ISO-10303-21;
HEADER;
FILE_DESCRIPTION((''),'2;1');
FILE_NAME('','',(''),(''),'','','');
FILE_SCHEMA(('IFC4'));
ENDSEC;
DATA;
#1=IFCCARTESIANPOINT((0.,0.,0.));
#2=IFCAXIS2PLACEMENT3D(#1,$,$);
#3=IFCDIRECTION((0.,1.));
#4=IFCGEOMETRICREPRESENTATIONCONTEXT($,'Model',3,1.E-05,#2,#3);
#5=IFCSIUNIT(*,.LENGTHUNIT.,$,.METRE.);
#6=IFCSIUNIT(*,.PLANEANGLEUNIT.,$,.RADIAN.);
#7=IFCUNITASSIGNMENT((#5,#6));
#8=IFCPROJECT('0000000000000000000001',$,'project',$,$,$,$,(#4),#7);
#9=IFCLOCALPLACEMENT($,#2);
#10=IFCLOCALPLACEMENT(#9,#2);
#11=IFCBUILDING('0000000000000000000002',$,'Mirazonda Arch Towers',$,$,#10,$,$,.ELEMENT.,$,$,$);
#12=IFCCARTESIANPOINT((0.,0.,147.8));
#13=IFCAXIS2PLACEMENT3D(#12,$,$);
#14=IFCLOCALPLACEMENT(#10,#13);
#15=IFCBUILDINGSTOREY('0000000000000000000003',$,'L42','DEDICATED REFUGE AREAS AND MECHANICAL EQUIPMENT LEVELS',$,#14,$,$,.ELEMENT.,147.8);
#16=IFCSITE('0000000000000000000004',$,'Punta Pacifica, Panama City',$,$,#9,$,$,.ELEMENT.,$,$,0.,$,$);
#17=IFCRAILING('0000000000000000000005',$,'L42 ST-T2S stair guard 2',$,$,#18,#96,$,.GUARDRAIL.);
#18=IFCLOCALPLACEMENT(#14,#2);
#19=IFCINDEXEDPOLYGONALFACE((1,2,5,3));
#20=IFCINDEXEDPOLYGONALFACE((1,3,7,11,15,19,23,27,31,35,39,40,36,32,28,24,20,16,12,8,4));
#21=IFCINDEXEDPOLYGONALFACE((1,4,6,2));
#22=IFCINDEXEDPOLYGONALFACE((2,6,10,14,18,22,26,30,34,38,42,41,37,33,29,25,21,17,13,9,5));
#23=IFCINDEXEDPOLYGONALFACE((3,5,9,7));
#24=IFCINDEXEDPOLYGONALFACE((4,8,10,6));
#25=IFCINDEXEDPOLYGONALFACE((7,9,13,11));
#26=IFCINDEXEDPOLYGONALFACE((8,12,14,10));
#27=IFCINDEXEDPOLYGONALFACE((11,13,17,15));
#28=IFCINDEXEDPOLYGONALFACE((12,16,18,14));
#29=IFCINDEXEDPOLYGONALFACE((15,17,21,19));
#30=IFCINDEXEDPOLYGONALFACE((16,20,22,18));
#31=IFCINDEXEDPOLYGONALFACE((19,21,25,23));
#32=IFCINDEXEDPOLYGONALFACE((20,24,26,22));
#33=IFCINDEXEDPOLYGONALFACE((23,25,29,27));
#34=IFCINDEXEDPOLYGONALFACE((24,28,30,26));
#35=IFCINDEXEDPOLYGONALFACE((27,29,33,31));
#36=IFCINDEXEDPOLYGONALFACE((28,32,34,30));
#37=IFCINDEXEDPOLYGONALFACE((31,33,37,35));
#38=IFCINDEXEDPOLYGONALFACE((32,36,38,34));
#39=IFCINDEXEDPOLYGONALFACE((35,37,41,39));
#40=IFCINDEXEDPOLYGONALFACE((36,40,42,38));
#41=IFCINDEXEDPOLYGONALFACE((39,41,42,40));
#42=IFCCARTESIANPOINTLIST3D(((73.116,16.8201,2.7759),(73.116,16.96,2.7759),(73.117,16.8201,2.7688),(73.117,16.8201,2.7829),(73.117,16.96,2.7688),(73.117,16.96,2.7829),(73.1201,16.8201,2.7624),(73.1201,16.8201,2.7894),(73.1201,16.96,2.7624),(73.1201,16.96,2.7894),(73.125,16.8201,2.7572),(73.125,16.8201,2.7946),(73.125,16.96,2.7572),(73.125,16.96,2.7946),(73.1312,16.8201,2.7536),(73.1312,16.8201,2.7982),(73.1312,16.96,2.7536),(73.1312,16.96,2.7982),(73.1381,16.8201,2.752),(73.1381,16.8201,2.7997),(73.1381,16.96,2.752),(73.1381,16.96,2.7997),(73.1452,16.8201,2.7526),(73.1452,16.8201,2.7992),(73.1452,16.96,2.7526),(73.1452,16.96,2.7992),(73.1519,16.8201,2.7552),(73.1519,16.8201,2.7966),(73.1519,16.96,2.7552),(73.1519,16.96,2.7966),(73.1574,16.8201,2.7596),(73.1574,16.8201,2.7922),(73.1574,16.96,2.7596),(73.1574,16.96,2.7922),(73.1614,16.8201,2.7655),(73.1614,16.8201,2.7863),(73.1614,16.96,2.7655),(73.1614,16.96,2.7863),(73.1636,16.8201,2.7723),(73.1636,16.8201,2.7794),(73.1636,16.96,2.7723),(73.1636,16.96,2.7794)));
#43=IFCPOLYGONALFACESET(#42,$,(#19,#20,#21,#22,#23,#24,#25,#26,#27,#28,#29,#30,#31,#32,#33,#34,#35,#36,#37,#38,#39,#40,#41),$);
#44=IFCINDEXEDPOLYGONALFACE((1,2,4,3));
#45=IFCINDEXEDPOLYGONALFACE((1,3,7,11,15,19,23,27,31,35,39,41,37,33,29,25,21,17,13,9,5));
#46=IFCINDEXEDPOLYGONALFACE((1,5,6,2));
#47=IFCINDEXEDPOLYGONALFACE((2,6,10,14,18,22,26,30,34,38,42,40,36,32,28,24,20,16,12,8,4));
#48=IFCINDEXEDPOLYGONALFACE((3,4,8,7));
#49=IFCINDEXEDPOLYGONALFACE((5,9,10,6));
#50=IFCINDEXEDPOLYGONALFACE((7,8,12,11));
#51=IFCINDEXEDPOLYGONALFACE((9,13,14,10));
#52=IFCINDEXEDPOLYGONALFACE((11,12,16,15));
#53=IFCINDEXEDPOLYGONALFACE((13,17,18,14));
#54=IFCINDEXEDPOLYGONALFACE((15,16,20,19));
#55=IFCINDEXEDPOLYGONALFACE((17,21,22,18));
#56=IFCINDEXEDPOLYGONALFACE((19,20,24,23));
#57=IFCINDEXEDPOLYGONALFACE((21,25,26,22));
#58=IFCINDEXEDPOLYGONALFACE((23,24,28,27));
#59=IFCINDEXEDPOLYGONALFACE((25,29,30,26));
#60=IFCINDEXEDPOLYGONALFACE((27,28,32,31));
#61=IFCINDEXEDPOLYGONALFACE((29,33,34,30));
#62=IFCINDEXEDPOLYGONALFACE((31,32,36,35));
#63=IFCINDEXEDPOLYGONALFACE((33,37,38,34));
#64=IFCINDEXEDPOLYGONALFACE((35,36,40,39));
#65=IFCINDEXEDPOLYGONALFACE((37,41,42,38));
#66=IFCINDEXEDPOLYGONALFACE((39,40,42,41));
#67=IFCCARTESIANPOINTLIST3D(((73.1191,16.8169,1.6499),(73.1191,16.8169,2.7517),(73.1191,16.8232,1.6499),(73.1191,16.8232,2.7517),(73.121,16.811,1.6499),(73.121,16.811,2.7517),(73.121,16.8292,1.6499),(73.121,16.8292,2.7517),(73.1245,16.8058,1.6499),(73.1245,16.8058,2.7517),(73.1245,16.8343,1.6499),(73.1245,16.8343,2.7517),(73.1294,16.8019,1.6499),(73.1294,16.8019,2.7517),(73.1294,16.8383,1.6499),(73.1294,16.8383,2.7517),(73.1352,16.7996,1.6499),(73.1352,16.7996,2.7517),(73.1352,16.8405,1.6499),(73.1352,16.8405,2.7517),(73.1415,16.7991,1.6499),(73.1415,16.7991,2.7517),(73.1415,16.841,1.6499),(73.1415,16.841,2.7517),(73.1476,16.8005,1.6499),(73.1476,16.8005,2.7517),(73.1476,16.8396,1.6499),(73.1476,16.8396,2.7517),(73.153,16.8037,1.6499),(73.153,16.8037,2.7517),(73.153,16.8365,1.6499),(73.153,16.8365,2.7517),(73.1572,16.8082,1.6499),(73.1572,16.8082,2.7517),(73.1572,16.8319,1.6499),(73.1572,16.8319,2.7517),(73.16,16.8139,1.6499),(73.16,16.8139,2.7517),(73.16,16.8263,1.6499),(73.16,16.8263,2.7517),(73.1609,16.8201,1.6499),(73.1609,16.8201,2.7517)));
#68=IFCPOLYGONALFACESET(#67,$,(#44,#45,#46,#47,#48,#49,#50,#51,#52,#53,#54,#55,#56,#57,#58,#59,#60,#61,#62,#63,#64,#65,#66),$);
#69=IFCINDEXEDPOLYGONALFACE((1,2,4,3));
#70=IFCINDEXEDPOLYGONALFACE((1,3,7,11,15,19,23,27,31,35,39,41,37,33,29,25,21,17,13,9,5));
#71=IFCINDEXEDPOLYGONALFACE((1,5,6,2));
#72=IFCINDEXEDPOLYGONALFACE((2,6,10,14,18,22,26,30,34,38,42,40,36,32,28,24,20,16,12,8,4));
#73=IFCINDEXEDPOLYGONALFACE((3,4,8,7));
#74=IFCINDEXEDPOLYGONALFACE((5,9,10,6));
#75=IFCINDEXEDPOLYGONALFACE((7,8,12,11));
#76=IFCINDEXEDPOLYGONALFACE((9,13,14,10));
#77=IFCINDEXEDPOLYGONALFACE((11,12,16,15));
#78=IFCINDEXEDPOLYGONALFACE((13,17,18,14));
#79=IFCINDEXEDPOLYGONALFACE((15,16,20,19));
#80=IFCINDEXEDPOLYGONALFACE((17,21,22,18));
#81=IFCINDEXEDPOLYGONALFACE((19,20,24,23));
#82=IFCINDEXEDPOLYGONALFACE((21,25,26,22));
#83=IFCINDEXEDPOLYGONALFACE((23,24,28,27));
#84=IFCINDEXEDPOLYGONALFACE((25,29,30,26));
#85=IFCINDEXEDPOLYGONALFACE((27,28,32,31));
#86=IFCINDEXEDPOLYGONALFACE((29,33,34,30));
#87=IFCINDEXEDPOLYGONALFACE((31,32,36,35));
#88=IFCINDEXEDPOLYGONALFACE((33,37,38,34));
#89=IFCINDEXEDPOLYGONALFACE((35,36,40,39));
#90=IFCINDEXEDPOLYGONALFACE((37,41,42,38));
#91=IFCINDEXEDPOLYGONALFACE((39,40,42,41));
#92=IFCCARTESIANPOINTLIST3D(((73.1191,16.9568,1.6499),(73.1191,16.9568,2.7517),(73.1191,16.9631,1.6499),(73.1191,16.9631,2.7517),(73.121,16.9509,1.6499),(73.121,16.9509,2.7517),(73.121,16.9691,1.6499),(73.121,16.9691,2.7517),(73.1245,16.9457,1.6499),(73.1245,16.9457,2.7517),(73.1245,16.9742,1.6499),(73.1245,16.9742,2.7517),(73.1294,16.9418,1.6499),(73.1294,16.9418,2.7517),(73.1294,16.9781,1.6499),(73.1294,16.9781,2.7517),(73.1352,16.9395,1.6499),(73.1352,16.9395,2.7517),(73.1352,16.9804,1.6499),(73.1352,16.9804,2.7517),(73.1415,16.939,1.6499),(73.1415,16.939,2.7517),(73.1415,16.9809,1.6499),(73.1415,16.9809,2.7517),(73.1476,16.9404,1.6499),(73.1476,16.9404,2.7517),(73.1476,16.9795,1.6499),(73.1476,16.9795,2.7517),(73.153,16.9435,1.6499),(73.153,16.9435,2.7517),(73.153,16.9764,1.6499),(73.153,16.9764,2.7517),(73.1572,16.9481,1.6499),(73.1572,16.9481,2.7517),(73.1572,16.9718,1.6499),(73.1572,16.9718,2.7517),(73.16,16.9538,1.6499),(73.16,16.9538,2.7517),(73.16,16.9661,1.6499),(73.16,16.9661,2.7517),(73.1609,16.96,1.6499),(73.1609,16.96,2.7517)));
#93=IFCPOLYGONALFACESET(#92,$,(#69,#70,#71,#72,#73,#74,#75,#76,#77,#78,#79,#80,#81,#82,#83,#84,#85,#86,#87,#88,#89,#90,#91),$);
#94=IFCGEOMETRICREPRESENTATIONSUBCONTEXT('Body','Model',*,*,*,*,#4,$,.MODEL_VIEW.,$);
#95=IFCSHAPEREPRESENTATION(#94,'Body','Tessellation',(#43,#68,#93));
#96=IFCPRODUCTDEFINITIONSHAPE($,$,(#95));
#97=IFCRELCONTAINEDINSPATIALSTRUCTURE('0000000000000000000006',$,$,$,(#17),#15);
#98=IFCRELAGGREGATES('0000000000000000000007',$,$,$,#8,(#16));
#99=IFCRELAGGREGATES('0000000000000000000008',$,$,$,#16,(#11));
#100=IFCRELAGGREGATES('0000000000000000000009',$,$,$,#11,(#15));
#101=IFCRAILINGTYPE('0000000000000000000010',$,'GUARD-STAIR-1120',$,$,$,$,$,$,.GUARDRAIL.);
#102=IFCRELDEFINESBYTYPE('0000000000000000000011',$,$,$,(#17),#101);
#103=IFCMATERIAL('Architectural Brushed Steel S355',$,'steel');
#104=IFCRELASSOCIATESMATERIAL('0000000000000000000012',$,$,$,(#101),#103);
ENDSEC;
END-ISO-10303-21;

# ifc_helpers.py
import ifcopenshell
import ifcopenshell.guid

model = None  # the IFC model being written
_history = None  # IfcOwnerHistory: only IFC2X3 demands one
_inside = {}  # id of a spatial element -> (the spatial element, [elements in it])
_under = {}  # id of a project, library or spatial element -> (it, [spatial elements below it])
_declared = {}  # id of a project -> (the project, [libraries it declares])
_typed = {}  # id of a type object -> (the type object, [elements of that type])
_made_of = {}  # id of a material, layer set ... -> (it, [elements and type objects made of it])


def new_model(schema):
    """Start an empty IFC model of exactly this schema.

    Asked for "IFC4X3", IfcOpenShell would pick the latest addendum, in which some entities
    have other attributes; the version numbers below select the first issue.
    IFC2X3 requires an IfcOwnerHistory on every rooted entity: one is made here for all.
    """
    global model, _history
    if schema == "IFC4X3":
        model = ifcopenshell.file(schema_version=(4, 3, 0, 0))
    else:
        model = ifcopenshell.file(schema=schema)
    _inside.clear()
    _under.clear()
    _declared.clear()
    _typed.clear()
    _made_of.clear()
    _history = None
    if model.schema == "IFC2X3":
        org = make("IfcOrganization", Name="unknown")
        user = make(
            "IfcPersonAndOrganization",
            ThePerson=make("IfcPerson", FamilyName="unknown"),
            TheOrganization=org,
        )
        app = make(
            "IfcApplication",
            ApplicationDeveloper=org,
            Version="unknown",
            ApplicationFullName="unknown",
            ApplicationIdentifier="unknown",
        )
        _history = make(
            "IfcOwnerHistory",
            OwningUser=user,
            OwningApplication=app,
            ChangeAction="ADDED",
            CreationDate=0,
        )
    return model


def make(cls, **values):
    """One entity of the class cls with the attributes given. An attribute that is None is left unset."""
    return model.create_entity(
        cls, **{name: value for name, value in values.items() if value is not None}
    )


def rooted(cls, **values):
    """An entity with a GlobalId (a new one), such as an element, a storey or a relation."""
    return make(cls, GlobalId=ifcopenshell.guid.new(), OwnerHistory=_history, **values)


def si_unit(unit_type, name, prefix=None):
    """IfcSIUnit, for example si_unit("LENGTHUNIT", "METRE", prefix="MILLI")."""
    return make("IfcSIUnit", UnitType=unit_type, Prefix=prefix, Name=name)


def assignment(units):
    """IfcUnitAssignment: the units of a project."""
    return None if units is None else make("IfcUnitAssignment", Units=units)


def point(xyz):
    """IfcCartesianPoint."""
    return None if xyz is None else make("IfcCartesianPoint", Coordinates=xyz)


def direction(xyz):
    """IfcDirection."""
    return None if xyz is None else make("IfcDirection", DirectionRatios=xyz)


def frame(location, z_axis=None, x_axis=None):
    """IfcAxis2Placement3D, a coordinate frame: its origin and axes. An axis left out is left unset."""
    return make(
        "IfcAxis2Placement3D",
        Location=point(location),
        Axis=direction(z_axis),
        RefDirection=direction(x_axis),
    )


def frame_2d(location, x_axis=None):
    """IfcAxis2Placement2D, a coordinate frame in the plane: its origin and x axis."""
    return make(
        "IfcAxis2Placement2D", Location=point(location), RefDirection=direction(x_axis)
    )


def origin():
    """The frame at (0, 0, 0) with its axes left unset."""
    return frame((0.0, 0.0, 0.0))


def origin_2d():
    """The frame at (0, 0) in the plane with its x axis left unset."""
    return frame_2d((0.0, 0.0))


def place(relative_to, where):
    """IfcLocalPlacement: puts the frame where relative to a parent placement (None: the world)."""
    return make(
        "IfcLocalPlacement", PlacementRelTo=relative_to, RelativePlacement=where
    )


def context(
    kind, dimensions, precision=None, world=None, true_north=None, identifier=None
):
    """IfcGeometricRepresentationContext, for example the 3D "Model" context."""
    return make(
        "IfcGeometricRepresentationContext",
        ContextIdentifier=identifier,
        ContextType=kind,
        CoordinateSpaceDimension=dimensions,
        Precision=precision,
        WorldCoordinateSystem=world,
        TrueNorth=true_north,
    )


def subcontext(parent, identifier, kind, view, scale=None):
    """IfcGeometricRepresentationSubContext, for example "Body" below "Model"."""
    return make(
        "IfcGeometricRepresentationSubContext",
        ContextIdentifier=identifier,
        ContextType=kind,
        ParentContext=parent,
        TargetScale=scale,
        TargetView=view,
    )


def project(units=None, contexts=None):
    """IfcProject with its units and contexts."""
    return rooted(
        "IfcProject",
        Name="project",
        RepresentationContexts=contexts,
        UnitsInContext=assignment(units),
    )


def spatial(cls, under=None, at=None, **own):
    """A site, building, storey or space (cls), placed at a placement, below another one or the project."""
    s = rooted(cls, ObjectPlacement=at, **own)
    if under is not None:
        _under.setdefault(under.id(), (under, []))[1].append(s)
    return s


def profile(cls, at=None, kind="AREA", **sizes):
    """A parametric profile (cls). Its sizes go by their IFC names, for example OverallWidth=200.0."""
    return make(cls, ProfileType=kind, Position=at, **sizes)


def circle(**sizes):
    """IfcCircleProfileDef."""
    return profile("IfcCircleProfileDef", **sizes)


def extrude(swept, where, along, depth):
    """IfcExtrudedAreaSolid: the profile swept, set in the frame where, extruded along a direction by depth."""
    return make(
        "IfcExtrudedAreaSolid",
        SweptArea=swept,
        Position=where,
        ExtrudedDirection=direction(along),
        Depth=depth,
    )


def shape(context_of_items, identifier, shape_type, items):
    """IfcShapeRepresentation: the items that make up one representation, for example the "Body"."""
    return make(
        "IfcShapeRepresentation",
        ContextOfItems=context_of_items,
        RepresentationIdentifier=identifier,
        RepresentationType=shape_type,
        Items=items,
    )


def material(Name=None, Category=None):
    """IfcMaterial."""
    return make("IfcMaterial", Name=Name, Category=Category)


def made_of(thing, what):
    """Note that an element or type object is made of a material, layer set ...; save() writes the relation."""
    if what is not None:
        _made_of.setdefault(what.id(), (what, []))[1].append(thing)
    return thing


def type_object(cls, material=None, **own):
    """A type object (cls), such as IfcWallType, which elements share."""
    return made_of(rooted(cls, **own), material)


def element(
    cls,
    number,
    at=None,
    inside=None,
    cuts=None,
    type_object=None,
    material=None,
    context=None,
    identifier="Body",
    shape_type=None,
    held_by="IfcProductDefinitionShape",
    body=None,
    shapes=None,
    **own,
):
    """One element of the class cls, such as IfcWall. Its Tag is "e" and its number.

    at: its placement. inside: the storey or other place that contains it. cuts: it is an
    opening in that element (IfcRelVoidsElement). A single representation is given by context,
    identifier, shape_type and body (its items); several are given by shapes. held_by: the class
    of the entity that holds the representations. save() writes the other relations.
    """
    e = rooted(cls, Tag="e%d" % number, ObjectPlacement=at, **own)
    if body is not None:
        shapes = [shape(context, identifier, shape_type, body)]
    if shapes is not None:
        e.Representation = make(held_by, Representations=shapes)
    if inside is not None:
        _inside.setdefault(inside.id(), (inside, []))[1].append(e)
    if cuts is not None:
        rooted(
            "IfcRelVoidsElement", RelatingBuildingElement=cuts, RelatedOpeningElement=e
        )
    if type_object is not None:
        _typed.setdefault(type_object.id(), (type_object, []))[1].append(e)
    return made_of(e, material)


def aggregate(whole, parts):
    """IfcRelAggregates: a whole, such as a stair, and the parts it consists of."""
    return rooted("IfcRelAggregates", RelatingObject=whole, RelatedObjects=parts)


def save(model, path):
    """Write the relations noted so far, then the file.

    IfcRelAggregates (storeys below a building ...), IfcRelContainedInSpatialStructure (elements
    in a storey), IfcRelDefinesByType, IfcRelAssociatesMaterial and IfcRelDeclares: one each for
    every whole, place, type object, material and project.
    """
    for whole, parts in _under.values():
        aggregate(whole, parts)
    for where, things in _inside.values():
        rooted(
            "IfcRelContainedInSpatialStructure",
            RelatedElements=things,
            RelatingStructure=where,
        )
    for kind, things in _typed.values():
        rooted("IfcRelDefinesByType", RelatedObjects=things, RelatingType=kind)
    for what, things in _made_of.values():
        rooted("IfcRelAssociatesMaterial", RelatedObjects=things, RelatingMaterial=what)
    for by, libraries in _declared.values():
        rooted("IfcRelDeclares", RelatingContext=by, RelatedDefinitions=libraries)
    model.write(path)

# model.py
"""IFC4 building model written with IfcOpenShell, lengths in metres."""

from ifc_helpers import new_model, si_unit, direction, frame, origin, origin_2d, place, context, subcontext, project, spatial, circle, extrude, material, type_object, element, save


model = new_model("IFC4")

# Units and contexts
model_context = context("Model", 3, precision=1e-05, world=origin(), true_north=direction((0.0, 1.0)))
body_context = subcontext(model_context, "Body", "Model", "MODEL_VIEW")
ifc_project = project(units=[si_unit("LENGTHUNIT", "METRE"), si_unit("PLANEANGLEUNIT", "RADIAN")], contexts=[model_context])

# Site, building, storey
site_placement = place(None, origin())
site = spatial("IfcSite", under=ifc_project, at=site_placement, Name="Punta Pacifica, Panama City", CompositionType="ELEMENT", RefElevation=0.0)
building_placement = place(site_placement, origin())
building = spatial("IfcBuilding", under=site, at=building_placement, Name="Mirazonda Arch Towers", CompositionType="ELEMENT")
storey_placement = place(building_placement, frame((0.0, 0.0, 147.8)))
storey = spatial("IfcBuildingStorey", under=building, at=storey_placement, Name="L42", Description="DEDICATED REFUGE AREAS AND MECHANICAL EQUIPMENT LEVELS", CompositionType="ELEMENT", Elevation=147.8)

# Shared definitions
ifc_material_1 = material(Name="Architectural Brushed Steel S355", Category="steel")

# Railing
railing_type_1 = type_object("IfcRailingType", Name="GUARD-STAIR-1120", PredefinedType="GUARDRAIL", material=ifc_material_1)
railing_1_placement = place(storey_placement, frame((73.1399, 16.8201, 1.6499)))
element("IfcRailing", 1, at=railing_1_placement, inside=storey, type_object=railing_type_1, Name="L42 ST-T2S stair guard 2", PredefinedType="GUARDRAIL", context=body_context, shape_type="SweptSolid", body=[
    extrude(circle(Radius=0.0239, at=origin_2d()), frame((0.0, 0.0, 1.126), z_axis=(0.0, 1.0, 0.0), x_axis=(-1.0, 0.0, 0.0)), (0.0, 0.0, 1.0), 0.1399),
    extrude(circle(Radius=0.021, at=origin_2d()), origin(), (0.0, 0.0, 1.0), 1.1018),
    extrude(circle(Radius=0.021, at=origin_2d()), frame((0.0, 0.1399, 0.0)), (0.0, 0.0, 1.0), 1.1018),
])

save(model, "model.ifc")
